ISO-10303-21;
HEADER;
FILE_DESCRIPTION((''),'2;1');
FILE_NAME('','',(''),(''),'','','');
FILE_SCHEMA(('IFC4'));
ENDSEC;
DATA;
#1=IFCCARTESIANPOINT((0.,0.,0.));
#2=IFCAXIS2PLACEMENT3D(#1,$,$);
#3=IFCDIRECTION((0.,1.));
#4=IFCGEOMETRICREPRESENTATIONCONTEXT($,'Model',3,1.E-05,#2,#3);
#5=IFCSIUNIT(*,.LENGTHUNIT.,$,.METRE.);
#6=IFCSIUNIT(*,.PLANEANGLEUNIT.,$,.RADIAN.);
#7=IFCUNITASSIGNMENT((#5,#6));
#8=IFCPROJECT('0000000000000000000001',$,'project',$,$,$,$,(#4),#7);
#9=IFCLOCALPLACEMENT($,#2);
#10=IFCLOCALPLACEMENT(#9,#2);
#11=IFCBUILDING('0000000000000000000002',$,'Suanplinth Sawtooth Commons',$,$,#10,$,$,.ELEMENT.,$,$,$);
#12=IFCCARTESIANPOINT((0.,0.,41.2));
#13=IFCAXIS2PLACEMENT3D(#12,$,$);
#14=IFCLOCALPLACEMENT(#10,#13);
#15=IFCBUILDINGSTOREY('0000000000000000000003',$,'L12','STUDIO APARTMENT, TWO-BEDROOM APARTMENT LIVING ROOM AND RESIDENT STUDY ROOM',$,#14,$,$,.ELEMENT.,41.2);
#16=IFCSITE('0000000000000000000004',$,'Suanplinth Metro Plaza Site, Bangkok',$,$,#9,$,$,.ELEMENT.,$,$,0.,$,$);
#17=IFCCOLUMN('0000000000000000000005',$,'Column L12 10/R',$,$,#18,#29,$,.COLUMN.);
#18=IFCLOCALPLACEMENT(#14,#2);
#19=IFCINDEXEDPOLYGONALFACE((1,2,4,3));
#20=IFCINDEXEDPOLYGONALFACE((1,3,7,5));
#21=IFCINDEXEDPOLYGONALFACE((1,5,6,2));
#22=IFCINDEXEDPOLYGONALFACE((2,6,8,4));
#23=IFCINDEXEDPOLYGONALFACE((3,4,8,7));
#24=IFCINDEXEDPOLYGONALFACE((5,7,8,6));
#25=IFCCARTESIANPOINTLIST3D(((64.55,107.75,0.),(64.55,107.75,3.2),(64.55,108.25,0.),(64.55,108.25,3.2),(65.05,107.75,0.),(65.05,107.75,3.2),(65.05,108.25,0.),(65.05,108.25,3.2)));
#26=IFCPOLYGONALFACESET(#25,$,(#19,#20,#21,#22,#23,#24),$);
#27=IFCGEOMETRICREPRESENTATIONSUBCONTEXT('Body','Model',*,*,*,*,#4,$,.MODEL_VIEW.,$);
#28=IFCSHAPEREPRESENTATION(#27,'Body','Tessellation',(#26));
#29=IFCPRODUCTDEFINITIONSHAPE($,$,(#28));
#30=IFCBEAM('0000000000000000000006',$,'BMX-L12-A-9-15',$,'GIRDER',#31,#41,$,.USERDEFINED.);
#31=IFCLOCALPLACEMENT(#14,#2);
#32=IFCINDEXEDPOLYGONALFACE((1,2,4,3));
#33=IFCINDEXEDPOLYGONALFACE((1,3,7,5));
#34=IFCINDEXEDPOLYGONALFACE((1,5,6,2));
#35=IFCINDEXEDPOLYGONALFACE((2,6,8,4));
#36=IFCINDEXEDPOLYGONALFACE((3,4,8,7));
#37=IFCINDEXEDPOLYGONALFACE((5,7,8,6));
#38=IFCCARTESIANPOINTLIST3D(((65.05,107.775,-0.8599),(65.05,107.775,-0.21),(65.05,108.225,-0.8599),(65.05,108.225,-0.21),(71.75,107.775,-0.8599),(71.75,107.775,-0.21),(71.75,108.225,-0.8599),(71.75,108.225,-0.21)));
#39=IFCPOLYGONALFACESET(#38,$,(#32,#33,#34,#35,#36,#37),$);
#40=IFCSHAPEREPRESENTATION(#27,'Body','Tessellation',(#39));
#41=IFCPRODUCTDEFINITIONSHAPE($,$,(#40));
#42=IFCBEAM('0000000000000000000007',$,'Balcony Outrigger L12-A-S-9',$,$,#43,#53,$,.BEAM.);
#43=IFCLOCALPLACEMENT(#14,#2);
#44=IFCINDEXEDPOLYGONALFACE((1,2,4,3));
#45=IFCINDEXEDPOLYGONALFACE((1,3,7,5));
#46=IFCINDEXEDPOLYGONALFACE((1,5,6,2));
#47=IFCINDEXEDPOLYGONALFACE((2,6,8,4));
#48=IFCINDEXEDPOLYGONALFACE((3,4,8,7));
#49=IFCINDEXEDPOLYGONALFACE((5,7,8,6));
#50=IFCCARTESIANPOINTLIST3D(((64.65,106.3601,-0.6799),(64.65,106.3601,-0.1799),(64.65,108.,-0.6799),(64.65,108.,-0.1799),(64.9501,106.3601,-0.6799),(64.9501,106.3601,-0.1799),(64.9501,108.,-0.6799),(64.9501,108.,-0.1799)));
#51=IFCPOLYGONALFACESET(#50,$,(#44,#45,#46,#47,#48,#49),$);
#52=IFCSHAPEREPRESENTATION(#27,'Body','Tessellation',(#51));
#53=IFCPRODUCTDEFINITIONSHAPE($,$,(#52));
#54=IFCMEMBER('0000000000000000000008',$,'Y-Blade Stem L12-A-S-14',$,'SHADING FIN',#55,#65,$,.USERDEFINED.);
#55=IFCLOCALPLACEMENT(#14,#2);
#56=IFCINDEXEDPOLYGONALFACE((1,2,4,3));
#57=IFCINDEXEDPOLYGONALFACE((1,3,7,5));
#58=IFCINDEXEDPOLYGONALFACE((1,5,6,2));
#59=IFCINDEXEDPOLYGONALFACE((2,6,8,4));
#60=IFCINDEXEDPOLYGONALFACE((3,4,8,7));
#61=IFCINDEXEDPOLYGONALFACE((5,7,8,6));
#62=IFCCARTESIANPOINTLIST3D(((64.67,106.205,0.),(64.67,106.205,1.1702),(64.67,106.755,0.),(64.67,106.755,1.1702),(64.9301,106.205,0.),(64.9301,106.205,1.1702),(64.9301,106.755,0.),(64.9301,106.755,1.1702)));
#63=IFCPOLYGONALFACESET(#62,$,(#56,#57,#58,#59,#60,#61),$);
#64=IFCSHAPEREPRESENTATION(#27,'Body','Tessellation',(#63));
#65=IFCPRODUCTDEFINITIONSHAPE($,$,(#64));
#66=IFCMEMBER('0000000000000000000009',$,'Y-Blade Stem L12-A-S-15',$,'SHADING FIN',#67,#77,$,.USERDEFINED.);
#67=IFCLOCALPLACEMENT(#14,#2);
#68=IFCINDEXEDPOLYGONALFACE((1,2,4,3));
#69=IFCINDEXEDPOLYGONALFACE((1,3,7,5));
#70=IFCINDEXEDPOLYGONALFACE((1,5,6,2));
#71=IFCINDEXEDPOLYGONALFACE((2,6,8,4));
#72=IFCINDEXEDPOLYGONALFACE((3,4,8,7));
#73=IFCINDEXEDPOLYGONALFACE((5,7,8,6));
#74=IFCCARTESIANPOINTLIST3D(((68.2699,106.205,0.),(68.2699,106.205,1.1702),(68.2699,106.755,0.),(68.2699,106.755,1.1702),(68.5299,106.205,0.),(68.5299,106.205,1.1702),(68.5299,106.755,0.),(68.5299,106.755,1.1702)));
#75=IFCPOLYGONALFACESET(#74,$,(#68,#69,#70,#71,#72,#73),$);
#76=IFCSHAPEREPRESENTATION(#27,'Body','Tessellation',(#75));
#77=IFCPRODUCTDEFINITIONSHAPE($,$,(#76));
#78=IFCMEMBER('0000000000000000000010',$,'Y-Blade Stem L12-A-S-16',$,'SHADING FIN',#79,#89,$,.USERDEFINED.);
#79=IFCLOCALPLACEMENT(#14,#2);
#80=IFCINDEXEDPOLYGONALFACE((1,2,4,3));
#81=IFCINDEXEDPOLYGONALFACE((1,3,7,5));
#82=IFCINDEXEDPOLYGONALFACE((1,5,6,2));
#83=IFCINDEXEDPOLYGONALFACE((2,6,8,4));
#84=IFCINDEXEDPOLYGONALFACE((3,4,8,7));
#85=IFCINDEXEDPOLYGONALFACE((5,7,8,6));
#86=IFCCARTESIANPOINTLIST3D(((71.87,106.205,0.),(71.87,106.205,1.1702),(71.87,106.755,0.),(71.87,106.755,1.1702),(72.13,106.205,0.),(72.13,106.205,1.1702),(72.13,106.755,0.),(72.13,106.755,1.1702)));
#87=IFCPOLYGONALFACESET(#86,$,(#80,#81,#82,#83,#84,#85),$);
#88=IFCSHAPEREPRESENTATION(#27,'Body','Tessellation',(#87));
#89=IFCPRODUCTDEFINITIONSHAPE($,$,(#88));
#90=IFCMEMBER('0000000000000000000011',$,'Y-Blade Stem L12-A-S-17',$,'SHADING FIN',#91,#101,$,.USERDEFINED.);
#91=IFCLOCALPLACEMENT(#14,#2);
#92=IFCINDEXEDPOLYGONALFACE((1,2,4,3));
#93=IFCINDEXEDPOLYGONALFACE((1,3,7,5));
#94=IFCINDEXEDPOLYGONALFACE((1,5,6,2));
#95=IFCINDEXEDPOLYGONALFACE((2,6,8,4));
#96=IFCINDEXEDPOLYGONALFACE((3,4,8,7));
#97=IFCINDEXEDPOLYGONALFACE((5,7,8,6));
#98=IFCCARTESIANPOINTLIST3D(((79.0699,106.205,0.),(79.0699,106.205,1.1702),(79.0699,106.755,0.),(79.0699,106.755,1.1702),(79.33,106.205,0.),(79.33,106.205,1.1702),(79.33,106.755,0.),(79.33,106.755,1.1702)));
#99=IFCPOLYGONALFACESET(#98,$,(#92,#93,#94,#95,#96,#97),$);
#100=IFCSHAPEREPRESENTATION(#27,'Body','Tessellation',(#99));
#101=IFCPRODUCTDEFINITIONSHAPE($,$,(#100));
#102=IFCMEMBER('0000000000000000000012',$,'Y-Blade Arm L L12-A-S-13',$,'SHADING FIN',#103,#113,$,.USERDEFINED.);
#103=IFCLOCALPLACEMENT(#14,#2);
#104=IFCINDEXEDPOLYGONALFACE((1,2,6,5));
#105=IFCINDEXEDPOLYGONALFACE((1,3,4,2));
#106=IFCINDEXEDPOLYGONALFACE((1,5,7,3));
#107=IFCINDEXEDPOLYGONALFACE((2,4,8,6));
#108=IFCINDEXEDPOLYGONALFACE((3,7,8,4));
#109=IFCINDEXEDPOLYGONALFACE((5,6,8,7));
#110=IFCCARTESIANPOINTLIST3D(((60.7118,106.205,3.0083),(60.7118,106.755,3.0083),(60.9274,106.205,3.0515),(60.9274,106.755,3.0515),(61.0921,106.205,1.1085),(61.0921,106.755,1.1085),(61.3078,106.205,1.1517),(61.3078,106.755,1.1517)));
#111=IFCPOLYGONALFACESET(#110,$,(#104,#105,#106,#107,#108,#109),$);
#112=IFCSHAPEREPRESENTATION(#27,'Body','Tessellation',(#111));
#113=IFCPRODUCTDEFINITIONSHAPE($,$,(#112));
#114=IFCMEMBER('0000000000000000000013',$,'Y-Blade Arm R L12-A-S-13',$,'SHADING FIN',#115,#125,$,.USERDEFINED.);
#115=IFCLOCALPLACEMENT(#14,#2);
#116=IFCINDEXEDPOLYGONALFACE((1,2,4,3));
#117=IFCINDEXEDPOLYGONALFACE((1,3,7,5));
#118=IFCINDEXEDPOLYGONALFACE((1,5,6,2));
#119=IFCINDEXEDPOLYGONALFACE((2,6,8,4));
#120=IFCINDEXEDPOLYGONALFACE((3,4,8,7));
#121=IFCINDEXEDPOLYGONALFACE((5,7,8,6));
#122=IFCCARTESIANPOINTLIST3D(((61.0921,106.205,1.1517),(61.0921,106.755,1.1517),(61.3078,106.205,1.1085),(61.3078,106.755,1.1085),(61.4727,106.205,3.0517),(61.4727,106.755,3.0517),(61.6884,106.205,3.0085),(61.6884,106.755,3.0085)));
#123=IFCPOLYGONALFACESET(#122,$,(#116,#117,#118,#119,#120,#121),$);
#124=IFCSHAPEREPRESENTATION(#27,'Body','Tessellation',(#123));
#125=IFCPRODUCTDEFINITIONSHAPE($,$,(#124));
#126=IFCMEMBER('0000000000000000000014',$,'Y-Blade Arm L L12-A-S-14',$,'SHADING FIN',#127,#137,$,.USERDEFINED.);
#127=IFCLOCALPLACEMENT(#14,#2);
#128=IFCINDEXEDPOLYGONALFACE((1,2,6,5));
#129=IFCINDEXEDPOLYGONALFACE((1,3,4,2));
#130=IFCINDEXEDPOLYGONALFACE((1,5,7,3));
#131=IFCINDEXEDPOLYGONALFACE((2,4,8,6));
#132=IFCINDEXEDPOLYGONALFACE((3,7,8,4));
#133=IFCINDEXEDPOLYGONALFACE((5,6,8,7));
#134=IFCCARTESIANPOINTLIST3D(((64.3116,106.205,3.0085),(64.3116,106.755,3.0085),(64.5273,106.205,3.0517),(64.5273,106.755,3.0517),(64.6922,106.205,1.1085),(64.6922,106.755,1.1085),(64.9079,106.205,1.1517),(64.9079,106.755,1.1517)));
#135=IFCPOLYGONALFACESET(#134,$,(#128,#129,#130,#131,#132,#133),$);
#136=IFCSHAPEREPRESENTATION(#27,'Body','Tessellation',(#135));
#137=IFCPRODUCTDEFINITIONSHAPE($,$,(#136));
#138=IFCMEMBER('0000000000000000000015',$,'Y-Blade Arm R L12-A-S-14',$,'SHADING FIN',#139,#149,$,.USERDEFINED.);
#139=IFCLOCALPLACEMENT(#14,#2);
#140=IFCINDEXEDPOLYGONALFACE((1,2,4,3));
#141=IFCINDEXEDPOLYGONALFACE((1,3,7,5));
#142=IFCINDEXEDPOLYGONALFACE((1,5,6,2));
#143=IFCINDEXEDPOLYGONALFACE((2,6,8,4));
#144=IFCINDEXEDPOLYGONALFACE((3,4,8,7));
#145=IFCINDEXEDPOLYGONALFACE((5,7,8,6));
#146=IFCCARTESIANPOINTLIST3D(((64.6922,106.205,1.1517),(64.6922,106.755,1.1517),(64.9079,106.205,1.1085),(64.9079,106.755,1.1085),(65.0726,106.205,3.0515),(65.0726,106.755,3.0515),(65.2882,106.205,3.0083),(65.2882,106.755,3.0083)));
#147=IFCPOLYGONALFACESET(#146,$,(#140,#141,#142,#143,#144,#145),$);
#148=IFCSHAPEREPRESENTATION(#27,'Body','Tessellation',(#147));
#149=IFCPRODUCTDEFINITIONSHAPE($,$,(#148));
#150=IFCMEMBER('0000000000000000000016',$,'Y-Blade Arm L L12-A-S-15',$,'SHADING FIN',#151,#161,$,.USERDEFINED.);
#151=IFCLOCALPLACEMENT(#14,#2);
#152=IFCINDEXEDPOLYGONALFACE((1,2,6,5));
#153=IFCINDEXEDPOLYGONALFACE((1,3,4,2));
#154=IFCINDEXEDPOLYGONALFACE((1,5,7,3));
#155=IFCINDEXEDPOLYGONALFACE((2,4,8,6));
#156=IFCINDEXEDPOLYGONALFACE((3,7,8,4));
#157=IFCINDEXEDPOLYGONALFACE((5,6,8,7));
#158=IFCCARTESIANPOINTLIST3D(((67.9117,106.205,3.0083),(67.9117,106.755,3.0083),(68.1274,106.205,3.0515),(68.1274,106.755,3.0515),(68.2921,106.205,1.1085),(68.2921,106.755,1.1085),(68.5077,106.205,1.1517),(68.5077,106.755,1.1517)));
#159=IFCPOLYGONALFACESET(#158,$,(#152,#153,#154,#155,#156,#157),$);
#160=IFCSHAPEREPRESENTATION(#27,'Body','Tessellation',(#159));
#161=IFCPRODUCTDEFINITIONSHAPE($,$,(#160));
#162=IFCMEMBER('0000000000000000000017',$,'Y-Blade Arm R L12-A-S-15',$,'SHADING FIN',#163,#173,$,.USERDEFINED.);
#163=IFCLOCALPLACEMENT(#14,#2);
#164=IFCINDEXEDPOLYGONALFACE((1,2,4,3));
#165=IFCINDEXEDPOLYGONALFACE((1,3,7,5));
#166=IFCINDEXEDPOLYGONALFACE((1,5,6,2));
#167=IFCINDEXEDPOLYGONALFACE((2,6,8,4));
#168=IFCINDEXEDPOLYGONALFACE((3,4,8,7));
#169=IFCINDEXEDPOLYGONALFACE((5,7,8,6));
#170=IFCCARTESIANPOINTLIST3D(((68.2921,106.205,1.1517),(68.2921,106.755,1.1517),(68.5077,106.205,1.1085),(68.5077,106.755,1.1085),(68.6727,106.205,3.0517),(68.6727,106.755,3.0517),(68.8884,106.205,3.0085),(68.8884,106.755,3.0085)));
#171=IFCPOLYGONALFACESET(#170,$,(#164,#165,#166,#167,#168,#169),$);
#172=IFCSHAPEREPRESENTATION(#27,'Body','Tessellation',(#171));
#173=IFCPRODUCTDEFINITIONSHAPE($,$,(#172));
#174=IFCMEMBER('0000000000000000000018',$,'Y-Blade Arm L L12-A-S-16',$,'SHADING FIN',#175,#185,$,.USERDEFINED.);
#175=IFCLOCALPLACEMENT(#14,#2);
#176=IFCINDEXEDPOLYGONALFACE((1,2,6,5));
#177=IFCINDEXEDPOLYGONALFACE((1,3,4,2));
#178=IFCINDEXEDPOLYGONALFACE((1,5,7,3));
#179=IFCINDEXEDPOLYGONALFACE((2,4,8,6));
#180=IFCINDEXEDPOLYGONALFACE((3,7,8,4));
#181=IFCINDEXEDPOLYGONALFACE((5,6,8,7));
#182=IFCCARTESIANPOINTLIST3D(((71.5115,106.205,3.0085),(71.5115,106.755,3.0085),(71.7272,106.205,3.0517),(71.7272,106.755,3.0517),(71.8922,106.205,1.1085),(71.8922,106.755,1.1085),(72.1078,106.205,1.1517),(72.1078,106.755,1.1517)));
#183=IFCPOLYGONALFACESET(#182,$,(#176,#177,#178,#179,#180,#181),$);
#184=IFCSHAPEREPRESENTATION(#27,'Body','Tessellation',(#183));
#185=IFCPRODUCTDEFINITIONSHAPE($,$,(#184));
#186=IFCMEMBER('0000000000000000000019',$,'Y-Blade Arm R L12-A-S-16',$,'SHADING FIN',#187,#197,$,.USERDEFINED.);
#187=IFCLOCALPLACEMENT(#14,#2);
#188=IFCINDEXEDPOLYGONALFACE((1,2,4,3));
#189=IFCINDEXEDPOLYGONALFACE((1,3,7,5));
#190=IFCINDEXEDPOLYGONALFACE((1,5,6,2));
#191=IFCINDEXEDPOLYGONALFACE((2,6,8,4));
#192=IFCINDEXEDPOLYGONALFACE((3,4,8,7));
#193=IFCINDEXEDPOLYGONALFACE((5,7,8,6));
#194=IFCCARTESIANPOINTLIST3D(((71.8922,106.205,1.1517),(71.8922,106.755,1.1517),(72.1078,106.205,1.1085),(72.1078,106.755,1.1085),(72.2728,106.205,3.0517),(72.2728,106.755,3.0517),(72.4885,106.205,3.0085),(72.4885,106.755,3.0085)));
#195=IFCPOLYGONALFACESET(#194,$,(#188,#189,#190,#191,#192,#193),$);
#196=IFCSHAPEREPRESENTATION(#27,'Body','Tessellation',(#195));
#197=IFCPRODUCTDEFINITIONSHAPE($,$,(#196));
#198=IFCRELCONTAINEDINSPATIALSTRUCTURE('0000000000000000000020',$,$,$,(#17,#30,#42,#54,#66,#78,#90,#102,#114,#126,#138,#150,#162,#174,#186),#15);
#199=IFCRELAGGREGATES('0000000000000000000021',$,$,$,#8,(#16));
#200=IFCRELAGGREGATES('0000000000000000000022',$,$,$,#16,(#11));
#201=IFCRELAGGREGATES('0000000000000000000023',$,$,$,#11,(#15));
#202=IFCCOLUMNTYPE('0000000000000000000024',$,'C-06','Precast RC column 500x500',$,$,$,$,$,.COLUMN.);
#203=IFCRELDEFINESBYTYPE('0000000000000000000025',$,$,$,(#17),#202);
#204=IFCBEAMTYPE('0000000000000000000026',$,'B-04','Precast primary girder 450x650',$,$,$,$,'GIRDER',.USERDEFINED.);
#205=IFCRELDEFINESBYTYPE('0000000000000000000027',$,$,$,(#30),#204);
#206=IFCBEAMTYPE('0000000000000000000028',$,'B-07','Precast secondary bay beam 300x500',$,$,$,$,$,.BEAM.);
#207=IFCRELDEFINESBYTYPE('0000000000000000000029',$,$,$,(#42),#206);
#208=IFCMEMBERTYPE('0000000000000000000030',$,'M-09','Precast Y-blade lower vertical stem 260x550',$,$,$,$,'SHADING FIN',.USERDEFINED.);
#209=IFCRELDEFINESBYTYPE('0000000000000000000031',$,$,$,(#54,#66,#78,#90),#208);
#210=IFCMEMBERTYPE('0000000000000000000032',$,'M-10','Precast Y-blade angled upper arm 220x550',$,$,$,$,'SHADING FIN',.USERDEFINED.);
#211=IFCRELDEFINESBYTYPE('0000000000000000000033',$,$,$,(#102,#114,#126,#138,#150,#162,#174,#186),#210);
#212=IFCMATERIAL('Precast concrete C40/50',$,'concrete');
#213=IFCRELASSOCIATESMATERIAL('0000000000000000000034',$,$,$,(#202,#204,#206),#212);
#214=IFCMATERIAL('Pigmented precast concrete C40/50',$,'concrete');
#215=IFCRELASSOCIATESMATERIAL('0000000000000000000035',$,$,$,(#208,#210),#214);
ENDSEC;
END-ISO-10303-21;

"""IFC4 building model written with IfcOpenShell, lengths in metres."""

from ifc_helpers import new_model, si_unit, direction, frame, origin, origin_2d, place, context, subcontext, project, spatial, rectangle, extrude, material, material_profile, profile_set, type_object, element, save


model = new_model("IFC4")

# Units and contexts
model_context = context("Model", 3, precision=1e-05, world=origin(), true_north=direction((0.0, 1.0)))
body_context = subcontext(model_context, "Body", "Model", "MODEL_VIEW")
ifc_project = project(units=[si_unit("LENGTHUNIT", "METRE"), si_unit("PLANEANGLEUNIT", "RADIAN")], contexts=[model_context])

# Site, building, storey
site_placement = place(None, origin())
site = spatial("IfcSite", under=ifc_project, at=site_placement, Name="Suanplinth Metro Plaza Site, Bangkok", CompositionType="ELEMENT", RefElevation=0.0)
building_placement = place(site_placement, origin())
building = spatial("IfcBuilding", under=site, at=building_placement, Name="Suanplinth Sawtooth Commons", CompositionType="ELEMENT")
storey_placement = place(building_placement, frame((0.0, 0.0, 41.2)))
storey = spatial("IfcBuildingStorey", under=building, at=storey_placement, Name="L12", Description="STUDIO APARTMENT, TWO-BEDROOM APARTMENT LIVING ROOM AND RESIDENT STUDY ROOM", CompositionType="ELEMENT", Elevation=41.2)

# Column
ifc_material_1 = material(Name="Precast concrete C40/50", Category="concrete")
ifc_material_profile_1 = material_profile(ifc_material_1, rectangle(XDim=0.5, YDim=0.5, at=origin_2d()), Name="PC-COL 500x500")
ifc_profile_set_1 = profile_set([ifc_material_profile_1], Name="Precast concrete C40/50")
column_type = type_object("IfcColumnType", Name="C-06", Description="Precast RC column 500x500", PredefinedType="COLUMN", material=ifc_profile_set_1)
column_placement = place(storey_placement, frame((64.8, 108.0, 0.0), z_axis=(0.0, 0.0, 1.0), x_axis=(1.0, 0.0, 0.0)))
element("IfcColumn", 1, at=column_placement, inside=storey, type_object=column_type, Name="Column L12 10/R", PredefinedType="COLUMN", context=body_context, shape_type="SweptSolid", body=[
    extrude(rectangle(XDim=0.5, YDim=0.5, at=origin_2d()), origin(), (0.0, 0.0, 1.0), 3.2),
])

# Beams
ifc_material_profile_2 = material_profile(ifc_material_1, rectangle(XDim=0.45, YDim=0.6499, at=origin_2d()), Name="PC-GDR 450x650")
ifc_profile_set_2 = profile_set([ifc_material_profile_2], Name="Precast concrete C40/50")
beam_type_1 = type_object("IfcBeamType", Name="B-04", Description="Precast primary girder 450x650", ElementType="GIRDER", PredefinedType="USERDEFINED", material=ifc_profile_set_2)
beam_1_placement = place(storey_placement, frame((65.05, 108.0, -0.5349), z_axis=(1.0, 0.0, 0.0), x_axis=(0.0, 1.0, 0.0)))
element("IfcBeam", 2, at=beam_1_placement, inside=storey, type_object=beam_type_1, Name="BMX-L12-A-9-15", ObjectType="GIRDER", PredefinedType="USERDEFINED", context=body_context, shape_type="SweptSolid", body=[
    extrude(rectangle(XDim=0.45, YDim=0.6499, at=origin_2d()), origin(), (0.0, 0.0, 1.0), 6.7),
])
ifc_material_profile_3 = material_profile(ifc_material_1, rectangle(XDim=0.3, YDim=0.5, at=origin_2d()), Name="PC-BM 300x500")
ifc_profile_set_3 = profile_set([ifc_material_profile_3], Name="Precast concrete C40/50")
beam_type_2 = type_object("IfcBeamType", Name="B-07", Description="Precast secondary bay beam 300x500", PredefinedType="BEAM", material=ifc_profile_set_3)
beam_2_placement = place(storey_placement, frame((64.8, 108.0, -0.4299), z_axis=(0.0, -1.0, 0.0), x_axis=(1.0, 0.0, 0.0)))
element("IfcBeam", 3, at=beam_2_placement, inside=storey, type_object=beam_type_2, Name="Balcony Outrigger L12-A-S-9", PredefinedType="BEAM", context=body_context, shape_type="SweptSolid", body=[
    extrude(rectangle(XDim=0.3, YDim=0.5, at=origin_2d()), origin(), (0.0, 0.0, 1.0), 1.6399),
])

# Members
ifc_material_2 = material(Name="Pigmented precast concrete C40/50", Category="concrete")
ifc_material_profile_4 = material_profile(ifc_material_2, rectangle(XDim=0.26, YDim=0.55, at=origin_2d()), Name="PC-FIN 260x550")
ifc_profile_set_4 = profile_set([ifc_material_profile_4], Name="Pigmented precast concrete C40/50")
member_type_1 = type_object("IfcMemberType", Name="M-09", Description="Precast Y-blade lower vertical stem 260x550", ElementType="SHADING FIN", PredefinedType="USERDEFINED", material=ifc_profile_set_4)
for number, where, z_axis, x_axis, name in (
    (4, (64.8, 106.48, 0.0), (0.0, 0.0, 1.0), (1.0, 0.0, 0.0), "Y-Blade Stem L12-A-S-14"),
    (5, (68.3999, 106.48, 0.0), (0.0, 0.0, 1.0), (1.0, 0.0, 0.0), "Y-Blade Stem L12-A-S-15"),
    (6, (72.0, 106.48, 0.0), (0.0, 0.0, 1.0), (1.0, 0.0, 0.0), "Y-Blade Stem L12-A-S-16"),
    (7, (79.2, 106.48, 0.0), (0.0, 0.0, 1.0), (1.0, 0.0, 0.0), "Y-Blade Stem L12-A-S-17"),
):
    element("IfcMember", number, at=place(storey_placement, frame(where, z_axis=z_axis, x_axis=x_axis)), inside=storey, type_object=member_type_1, Name=name, ObjectType="SHADING FIN", PredefinedType="USERDEFINED", context=body_context, shape_type="SweptSolid", body=[
        extrude(rectangle(XDim=0.26, YDim=0.55, at=origin_2d()), origin(), (0.0, 0.0, 1.0), 1.1702),
    ])
ifc_material_profile_5 = material_profile(ifc_material_2, rectangle(XDim=0.22, YDim=0.55, at=origin_2d()), Name="PC-FIN 220x550")
ifc_profile_set_5 = profile_set([ifc_material_profile_5], Name="Pigmented precast concrete C40/50")
member_type_2 = type_object("IfcMemberType", Name="M-10", Description="Precast Y-blade angled upper arm 220x550", ElementType="SHADING FIN", PredefinedType="USERDEFINED", material=ifc_profile_set_5)
member_1_placement = place(storey_placement, frame((61.2, 106.48, 1.1301), z_axis=(-0.19631, 0.0, 0.980542), x_axis=(0.980542, 0.0, 0.19631)))
element("IfcMember", 8, at=member_1_placement, inside=storey, type_object=member_type_2, Name="Y-Blade Arm L L12-A-S-13", ObjectType="SHADING FIN", PredefinedType="USERDEFINED", context=body_context, shape_type="SweptSolid", body=[
    extrude(rectangle(XDim=0.22, YDim=0.55, at=origin_2d()), origin(), (0.0, 0.0, 1.0), 1.9375),
])
for number, where, z_axis, x_axis, name in (
    (9, (61.2, 106.48, 1.1301), (0.196431, 0.0, 0.980518), (-0.980518, 0.0, 0.196431), "Y-Blade Arm R L12-A-S-13"),
    (10, (64.8, 106.48, 1.1301), (-0.196431, 0.0, 0.980518), (0.980518, 0.0, 0.196431), "Y-Blade Arm L L12-A-S-14"),
):
    element("IfcMember", number, at=place(storey_placement, frame(where, z_axis=z_axis, x_axis=x_axis)), inside=storey, type_object=member_type_2, Name=name, ObjectType="SHADING FIN", PredefinedType="USERDEFINED", context=body_context, shape_type="SweptSolid", body=[
        extrude(rectangle(XDim=0.22, YDim=0.55, at=origin_2d()), origin(), (0.0, 0.0, 1.0), 1.9377),
    ])
for number, where, z_axis, x_axis, name in (
    (11, (64.8, 106.48, 1.1301), (0.19631, 0.0, 0.980542), (-0.980542, 0.0, 0.19631), "Y-Blade Arm R L12-A-S-14"),
    (12, (68.3999, 106.48, 1.1301), (-0.19631, 0.0, 0.980542), (0.980542, 0.0, 0.19631), "Y-Blade Arm L L12-A-S-15"),
):
    element("IfcMember", number, at=place(storey_placement, frame(where, z_axis=z_axis, x_axis=x_axis)), inside=storey, type_object=member_type_2, Name=name, ObjectType="SHADING FIN", PredefinedType="USERDEFINED", context=body_context, shape_type="SweptSolid", body=[
        extrude(rectangle(XDim=0.22, YDim=0.55, at=origin_2d()), origin(), (0.0, 0.0, 1.0), 1.9375),
    ])
for number, where, z_axis, x_axis, name in (
    (13, (68.3999, 106.48, 1.1301), (0.196431, 0.0, 0.980518), (-0.980518, 0.0, 0.196431), "Y-Blade Arm R L12-A-S-15"),
    (14, (72.0, 106.48, 1.1301), (-0.196431, 0.0, 0.980518), (0.980518, 0.0, 0.196431), "Y-Blade Arm L L12-A-S-16"),
    (15, (72.0, 106.48, 1.1301), (0.196431, 0.0, 0.980518), (-0.980518, 0.0, 0.196431), "Y-Blade Arm R L12-A-S-16"),
):
    element("IfcMember", number, at=place(storey_placement, frame(where, z_axis=z_axis, x_axis=x_axis)), inside=storey, type_object=member_type_2, Name=name, ObjectType="SHADING FIN", PredefinedType="USERDEFINED", context=body_context, shape_type="SweptSolid", body=[
        extrude(rectangle(XDim=0.22, YDim=0.55, at=origin_2d()), origin(), (0.0, 0.0, 1.0), 1.9377),
    ])

save(model, "model.ifc")
